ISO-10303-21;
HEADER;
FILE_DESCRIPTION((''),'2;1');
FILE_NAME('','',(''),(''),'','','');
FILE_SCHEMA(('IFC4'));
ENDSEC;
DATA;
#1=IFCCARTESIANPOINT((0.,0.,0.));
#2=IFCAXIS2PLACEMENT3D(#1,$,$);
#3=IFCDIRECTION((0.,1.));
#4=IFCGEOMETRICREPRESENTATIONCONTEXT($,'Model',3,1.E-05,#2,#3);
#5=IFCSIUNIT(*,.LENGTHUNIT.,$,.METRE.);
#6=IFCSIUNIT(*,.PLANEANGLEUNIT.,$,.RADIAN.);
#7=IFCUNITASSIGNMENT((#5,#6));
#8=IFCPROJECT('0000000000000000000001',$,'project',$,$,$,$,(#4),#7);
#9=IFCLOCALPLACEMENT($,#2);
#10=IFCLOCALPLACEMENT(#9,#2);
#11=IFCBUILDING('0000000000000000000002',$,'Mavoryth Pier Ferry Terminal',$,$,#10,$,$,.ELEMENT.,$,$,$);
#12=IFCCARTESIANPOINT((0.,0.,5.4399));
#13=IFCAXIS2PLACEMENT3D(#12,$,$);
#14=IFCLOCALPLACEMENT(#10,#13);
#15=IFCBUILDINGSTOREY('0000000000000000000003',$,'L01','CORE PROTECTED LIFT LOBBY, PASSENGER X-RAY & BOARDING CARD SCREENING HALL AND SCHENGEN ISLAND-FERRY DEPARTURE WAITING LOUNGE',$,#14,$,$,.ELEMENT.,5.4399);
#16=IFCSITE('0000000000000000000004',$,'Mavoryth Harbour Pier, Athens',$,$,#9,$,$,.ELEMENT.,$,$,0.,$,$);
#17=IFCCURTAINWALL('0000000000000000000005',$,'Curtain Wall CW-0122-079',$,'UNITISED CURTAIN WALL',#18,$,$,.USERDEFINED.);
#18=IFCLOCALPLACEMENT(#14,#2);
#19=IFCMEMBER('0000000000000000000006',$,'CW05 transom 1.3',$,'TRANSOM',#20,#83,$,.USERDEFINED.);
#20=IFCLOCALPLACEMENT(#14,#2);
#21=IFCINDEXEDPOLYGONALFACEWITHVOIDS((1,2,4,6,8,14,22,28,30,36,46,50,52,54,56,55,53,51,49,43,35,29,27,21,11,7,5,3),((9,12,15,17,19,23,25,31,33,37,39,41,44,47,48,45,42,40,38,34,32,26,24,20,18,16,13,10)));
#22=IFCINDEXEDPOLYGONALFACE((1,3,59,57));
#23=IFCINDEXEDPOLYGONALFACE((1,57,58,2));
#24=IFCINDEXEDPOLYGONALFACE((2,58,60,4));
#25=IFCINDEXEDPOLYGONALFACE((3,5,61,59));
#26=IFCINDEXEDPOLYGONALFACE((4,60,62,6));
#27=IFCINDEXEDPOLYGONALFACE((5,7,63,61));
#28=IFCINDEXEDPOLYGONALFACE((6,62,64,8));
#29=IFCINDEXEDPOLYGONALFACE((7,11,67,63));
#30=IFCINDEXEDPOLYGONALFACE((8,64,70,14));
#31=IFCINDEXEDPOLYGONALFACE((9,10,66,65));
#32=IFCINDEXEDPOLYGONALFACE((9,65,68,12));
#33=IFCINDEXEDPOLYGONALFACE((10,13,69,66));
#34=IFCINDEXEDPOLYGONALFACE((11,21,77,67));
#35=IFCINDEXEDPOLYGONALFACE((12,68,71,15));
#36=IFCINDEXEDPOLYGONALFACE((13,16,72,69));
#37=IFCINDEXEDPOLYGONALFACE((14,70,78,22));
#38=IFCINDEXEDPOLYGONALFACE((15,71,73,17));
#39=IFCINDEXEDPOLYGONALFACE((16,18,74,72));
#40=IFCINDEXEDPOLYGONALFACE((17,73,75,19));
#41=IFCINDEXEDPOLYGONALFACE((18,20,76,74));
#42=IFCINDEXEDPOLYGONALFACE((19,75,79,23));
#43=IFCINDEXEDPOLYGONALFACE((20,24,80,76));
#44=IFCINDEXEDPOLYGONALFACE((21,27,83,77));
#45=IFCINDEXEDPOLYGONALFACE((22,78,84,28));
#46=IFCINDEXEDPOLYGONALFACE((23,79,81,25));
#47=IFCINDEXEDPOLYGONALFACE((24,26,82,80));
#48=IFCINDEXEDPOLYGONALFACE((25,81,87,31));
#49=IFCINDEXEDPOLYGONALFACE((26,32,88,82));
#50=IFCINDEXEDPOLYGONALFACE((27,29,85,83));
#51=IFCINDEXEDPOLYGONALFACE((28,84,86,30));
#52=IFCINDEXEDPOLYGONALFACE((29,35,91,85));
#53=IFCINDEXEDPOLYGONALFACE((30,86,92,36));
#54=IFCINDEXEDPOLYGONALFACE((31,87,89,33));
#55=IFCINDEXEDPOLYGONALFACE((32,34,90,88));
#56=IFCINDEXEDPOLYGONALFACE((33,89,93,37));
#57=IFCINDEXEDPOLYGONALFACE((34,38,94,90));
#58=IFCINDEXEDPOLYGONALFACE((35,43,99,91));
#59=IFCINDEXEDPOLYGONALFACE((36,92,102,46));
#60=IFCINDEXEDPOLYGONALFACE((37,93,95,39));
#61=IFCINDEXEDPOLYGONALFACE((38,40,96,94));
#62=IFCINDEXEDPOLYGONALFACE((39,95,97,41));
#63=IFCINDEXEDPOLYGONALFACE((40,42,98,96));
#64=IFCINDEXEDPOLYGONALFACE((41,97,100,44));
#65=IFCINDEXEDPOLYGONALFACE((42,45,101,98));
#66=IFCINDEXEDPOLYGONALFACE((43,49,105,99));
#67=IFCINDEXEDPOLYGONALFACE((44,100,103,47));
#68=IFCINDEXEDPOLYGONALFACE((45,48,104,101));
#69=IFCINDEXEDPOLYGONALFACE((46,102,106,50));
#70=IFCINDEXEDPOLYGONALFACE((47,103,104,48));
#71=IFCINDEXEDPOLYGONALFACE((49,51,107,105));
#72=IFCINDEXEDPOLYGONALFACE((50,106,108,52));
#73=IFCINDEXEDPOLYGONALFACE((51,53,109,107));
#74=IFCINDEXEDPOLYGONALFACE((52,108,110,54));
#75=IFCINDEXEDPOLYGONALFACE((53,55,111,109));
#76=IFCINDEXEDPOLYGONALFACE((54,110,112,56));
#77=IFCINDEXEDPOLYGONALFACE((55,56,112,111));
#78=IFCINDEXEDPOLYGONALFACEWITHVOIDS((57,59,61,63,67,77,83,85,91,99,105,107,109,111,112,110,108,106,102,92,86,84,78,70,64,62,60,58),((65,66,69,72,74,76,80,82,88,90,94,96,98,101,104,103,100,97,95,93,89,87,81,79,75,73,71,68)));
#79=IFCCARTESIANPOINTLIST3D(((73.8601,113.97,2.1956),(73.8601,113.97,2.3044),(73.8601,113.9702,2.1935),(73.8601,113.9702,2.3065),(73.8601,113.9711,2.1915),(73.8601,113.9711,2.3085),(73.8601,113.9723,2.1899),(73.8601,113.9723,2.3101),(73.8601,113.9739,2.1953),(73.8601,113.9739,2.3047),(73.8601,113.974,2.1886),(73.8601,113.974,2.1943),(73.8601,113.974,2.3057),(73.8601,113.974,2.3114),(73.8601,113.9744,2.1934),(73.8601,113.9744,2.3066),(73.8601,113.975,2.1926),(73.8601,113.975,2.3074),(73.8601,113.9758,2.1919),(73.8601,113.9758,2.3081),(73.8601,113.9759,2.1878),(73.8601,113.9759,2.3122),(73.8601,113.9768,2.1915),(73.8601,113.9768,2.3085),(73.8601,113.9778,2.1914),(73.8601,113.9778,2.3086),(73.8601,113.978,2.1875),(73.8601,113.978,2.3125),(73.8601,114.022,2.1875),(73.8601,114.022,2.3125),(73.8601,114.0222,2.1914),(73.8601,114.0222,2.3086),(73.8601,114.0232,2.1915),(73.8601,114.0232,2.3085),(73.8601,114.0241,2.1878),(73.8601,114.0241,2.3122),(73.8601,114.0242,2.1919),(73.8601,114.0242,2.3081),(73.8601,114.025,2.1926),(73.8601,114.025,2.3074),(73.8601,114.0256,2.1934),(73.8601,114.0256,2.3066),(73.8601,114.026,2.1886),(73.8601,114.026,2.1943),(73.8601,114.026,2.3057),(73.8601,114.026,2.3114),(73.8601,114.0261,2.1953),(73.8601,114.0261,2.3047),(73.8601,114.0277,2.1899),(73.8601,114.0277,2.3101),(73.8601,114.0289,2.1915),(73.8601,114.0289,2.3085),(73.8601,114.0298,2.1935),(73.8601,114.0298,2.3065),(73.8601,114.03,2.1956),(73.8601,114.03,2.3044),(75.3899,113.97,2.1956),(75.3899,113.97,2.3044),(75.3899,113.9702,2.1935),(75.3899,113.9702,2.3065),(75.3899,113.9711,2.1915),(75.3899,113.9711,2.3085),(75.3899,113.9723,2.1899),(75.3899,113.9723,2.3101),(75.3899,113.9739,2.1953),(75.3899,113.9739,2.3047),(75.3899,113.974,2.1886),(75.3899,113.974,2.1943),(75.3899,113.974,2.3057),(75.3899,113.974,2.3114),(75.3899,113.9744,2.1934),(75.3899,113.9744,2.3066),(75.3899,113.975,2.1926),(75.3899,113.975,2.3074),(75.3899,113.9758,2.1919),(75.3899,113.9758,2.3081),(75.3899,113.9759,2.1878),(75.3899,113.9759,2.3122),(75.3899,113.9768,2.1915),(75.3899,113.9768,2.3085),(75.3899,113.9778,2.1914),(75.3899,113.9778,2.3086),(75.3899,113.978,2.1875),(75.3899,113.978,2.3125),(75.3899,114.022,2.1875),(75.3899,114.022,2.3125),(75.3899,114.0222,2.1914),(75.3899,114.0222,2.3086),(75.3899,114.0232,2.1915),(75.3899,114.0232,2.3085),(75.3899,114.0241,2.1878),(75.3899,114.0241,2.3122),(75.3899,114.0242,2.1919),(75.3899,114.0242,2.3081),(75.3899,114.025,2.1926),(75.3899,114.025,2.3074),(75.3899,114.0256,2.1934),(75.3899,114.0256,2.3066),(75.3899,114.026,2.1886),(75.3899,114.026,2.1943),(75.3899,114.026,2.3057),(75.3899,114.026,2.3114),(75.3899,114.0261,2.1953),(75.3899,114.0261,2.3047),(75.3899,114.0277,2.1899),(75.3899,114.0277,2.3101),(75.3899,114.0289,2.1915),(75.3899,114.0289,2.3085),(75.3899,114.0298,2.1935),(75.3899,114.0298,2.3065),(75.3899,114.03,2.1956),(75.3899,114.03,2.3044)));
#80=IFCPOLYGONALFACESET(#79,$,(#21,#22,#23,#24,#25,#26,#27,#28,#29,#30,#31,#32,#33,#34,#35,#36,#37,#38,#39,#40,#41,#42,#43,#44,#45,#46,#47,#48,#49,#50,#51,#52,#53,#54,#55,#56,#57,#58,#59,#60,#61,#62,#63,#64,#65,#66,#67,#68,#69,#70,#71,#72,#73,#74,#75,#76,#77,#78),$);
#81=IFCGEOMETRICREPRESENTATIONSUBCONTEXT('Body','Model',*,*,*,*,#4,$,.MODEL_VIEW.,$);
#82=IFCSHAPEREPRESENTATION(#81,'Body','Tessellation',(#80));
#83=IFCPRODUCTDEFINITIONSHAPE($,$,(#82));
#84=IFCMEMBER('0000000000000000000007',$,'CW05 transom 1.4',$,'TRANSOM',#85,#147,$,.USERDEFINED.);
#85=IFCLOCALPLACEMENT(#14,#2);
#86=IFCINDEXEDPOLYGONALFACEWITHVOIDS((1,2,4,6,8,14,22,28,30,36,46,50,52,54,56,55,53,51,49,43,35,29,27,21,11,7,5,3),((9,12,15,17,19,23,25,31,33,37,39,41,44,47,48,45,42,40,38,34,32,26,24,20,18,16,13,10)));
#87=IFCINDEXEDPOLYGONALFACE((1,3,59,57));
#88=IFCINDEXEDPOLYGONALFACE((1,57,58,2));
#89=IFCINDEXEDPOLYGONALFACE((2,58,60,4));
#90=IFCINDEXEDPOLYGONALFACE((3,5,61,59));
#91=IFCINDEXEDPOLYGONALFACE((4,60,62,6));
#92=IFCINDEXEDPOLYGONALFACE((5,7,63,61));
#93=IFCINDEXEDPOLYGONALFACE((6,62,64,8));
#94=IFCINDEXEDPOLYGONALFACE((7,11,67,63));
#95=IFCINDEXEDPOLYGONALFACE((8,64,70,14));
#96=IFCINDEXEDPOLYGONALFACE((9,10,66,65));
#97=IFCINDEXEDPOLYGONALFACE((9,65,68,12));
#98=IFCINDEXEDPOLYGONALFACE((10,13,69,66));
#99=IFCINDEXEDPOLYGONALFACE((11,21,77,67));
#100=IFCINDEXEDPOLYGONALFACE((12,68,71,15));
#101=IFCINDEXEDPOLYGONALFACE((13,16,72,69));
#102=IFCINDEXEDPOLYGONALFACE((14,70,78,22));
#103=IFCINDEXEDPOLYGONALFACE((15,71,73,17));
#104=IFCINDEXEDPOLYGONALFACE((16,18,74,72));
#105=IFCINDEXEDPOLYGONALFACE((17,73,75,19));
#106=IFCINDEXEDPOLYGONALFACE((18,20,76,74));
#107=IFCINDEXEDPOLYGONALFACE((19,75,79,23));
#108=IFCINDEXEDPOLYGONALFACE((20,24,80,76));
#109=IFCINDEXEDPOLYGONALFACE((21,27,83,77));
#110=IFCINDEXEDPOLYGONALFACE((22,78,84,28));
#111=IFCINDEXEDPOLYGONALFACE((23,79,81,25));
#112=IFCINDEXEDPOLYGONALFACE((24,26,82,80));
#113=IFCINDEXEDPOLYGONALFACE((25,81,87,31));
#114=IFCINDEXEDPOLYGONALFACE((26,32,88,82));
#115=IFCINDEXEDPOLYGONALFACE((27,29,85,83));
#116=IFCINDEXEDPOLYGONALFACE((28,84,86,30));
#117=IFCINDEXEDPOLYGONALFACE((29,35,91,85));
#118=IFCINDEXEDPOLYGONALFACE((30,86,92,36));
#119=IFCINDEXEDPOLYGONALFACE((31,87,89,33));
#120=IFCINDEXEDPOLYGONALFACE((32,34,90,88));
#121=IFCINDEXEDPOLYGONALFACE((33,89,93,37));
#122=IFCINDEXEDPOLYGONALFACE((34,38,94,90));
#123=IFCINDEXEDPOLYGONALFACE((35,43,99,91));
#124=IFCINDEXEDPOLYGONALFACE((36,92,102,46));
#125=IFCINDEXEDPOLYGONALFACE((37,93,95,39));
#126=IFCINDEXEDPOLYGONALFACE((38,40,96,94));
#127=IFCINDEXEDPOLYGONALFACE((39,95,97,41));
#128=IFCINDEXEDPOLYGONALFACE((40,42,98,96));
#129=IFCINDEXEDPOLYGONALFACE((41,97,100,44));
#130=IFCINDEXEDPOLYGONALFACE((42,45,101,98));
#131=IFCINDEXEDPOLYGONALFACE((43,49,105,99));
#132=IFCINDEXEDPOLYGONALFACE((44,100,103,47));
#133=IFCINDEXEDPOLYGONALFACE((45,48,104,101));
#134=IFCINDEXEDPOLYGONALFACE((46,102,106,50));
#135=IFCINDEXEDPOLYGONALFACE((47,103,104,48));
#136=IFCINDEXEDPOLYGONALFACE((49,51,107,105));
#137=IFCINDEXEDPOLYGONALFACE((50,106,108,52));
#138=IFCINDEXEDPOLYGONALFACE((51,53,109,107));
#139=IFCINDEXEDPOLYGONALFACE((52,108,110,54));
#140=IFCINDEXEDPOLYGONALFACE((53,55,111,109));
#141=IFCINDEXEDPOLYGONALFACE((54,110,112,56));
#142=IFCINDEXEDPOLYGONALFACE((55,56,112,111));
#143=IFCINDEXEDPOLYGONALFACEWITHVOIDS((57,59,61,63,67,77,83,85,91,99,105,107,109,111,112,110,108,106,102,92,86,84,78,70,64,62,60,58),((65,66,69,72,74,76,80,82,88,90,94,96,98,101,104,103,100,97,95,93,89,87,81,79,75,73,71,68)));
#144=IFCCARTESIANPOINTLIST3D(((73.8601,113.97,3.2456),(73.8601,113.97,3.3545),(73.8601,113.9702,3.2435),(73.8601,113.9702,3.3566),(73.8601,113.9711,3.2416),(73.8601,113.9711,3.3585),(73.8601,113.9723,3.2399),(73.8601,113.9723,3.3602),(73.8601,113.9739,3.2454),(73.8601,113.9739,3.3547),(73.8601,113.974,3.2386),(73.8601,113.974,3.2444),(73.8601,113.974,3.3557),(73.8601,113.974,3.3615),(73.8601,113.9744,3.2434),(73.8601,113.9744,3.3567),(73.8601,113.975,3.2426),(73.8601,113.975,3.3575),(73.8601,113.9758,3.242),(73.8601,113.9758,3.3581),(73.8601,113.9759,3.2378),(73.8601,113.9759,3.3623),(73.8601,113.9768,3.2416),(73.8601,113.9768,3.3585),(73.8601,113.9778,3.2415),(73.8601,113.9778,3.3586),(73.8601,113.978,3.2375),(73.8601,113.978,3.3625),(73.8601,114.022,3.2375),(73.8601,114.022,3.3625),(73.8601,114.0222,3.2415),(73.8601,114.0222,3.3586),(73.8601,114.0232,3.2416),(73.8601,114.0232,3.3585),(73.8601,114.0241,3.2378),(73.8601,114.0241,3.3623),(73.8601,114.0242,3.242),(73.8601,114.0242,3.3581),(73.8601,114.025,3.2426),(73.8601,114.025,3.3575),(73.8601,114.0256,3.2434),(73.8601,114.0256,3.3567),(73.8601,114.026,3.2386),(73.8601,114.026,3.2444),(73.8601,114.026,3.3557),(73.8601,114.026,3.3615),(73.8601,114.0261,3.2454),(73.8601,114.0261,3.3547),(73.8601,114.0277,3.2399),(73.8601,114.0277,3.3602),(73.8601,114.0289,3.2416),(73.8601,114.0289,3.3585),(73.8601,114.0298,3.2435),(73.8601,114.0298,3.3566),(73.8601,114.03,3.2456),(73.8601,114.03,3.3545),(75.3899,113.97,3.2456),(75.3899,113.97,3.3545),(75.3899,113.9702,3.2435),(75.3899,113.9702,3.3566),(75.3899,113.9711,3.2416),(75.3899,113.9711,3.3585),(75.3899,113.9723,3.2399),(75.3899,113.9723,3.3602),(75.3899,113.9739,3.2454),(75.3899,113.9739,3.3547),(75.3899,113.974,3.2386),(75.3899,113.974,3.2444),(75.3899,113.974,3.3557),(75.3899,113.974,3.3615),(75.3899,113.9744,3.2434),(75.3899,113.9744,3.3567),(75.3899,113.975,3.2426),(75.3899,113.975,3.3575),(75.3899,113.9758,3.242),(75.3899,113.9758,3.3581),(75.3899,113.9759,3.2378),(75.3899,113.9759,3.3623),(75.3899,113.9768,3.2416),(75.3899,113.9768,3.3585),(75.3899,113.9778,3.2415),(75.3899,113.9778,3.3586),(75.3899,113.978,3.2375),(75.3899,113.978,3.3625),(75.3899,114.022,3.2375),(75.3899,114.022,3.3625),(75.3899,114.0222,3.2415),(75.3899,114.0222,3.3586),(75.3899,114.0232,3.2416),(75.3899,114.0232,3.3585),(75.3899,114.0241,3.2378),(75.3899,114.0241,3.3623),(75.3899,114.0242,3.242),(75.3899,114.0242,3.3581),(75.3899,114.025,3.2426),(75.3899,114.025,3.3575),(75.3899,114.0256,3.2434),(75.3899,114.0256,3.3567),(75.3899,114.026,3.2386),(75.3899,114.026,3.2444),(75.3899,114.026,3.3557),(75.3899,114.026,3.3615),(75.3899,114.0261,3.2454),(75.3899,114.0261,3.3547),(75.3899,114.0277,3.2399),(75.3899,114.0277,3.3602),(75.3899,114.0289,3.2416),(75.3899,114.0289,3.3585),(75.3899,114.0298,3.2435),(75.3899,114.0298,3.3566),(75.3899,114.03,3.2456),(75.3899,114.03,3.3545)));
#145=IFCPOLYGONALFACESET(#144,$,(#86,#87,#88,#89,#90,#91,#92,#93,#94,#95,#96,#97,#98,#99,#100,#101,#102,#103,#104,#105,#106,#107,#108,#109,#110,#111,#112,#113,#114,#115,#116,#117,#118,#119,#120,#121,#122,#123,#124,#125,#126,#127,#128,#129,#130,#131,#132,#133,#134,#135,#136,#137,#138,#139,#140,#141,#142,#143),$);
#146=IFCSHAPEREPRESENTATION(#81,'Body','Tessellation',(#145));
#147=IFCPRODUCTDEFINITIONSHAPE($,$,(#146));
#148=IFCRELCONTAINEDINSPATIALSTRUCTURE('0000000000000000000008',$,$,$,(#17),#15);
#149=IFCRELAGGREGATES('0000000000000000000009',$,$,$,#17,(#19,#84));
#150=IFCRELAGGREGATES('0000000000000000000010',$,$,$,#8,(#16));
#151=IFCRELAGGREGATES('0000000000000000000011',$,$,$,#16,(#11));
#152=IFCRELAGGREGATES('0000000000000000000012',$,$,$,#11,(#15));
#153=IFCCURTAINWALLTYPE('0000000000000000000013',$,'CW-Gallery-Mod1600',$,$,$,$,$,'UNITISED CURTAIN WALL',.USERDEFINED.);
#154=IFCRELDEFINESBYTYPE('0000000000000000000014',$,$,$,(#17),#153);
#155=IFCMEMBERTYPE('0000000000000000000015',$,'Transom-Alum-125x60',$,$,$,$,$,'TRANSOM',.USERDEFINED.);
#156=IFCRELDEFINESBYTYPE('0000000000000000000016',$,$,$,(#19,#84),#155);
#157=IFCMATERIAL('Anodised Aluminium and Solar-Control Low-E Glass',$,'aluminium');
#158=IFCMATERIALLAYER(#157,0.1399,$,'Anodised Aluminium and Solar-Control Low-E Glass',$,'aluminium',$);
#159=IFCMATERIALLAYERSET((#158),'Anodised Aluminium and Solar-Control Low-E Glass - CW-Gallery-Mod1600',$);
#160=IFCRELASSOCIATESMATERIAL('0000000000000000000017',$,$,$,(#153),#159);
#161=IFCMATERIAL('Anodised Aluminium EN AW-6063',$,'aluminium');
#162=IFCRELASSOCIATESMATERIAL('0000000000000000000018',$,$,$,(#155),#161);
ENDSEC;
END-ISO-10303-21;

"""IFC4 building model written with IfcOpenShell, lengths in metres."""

from ifc_helpers import new_model, si_unit, direction, frame, origin, origin_2d, place, context, subcontext, project, spatial, hollow_rectangle, extrude, material, layer, layer_set, material_profile, profile_set, type_object, element, aggregate, save


model = new_model("IFC4")

# Units and contexts
model_context = context("Model", 3, precision=1e-05, world=origin(), true_north=direction((0.0, 1.0)))
body_context = subcontext(model_context, "Body", "Model", "MODEL_VIEW")
ifc_project = project(units=[si_unit("LENGTHUNIT", "METRE"), si_unit("PLANEANGLEUNIT", "RADIAN")], contexts=[model_context])

# Site, building, storey
site_placement = place(None, origin())
site = spatial("IfcSite", under=ifc_project, at=site_placement, Name="Mavoryth Harbour Pier, Athens", CompositionType="ELEMENT", RefElevation=0.0)
building_placement = place(site_placement, origin())
building = spatial("IfcBuilding", under=site, at=building_placement, Name="Mavoryth Pier Ferry Terminal", CompositionType="ELEMENT")
storey_placement = place(building_placement, frame((0.0, 0.0, 5.4399)))
storey = spatial("IfcBuildingStorey", under=building, at=storey_placement, Name="L01", Description="CORE PROTECTED LIFT LOBBY, PASSENGER X-RAY & BOARDING CARD SCREENING HALL AND SCHENGEN ISLAND-FERRY DEPARTURE WAITING LOUNGE", CompositionType="ELEMENT", Elevation=5.4399)

# Curtain wall
ifc_material_1 = material(Name="Anodised Aluminium and Solar-Control Low-E Glass", Category="aluminium")
ifc_layer_1 = layer(ifc_material_1, 0.1399, Name="Anodised Aluminium and Solar-Control Low-E Glass", Category="aluminium")
ifc_layer_set_1 = layer_set([ifc_layer_1], Name="Anodised Aluminium and Solar-Control Low-E Glass - CW-Gallery-Mod1600")
curtain_wall_type = type_object("IfcCurtainWallType", Name="CW-Gallery-Mod1600", ElementType="UNITISED CURTAIN WALL", PredefinedType="USERDEFINED", material=ifc_layer_set_1)
curtain_wall_1_placement = place(storey_placement, origin())
curtain_wall_1 = element("IfcCurtainWall", 1, at=curtain_wall_1_placement, inside=storey, type_object=curtain_wall_type, Name="Curtain Wall CW-0122-079", ObjectType="UNITISED CURTAIN WALL", PredefinedType="USERDEFINED")
ifc_material_2 = material(Name="Anodised Aluminium EN AW-6063", Category="aluminium")

# Members
ifc_material_profile_1 = material_profile(ifc_material_2, hollow_rectangle(XDim=0.0601, YDim=0.125, WallThickness=0.0039, InnerFilletRadius=0.0039, OuterFilletRadius=0.0081, at=origin_2d()), Name="AL-TRAN 125x60x4", Category="aluminium")
ifc_profile_set_1 = profile_set([ifc_material_profile_1], Name="Anodised Aluminium EN AW-6063 - AL-TRAN 125x60x4")
member_type_1 = type_object("IfcMemberType", Name="Transom-Alum-125x60", ElementType="TRANSOM", PredefinedType="USERDEFINED", material=ifc_profile_set_1)
member_1_placement = place(storey_placement, frame((75.3899, 114.0, 2.25), z_axis=(-1.0, 0.0, 0.0), x_axis=(0.0, -1.0, 0.0)))
member_1 = element("IfcMember", 2, at=member_1_placement, type_object=member_type_1, Name="CW05 transom 1.3", ObjectType="TRANSOM", PredefinedType="USERDEFINED", context=body_context, shape_type="SweptSolid", body=[
    extrude(hollow_rectangle(XDim=0.0601, YDim=0.125, WallThickness=0.0039, InnerFilletRadius=0.0039, OuterFilletRadius=0.0081, at=origin_2d()), origin(), (0.0, 0.0, 1.0), 1.5298),
])
member_2_placement = place(storey_placement, frame((75.3899, 114.0, 3.3), z_axis=(-1.0, 0.0, 0.0), x_axis=(0.0, -1.0, 0.0)))
member_2 = element("IfcMember", 3, at=member_2_placement, type_object=member_type_1, Name="CW05 transom 1.4", ObjectType="TRANSOM", PredefinedType="USERDEFINED", context=body_context, shape_type="SweptSolid", body=[
    extrude(hollow_rectangle(XDim=0.0601, YDim=0.125, WallThickness=0.0039, InnerFilletRadius=0.0039, OuterFilletRadius=0.0081, at=origin_2d()), origin(), (0.0, 0.0, 1.0), 1.5298),
])

aggregate(curtain_wall_1, [member_1, member_2])

save(model, "model.ifc")
